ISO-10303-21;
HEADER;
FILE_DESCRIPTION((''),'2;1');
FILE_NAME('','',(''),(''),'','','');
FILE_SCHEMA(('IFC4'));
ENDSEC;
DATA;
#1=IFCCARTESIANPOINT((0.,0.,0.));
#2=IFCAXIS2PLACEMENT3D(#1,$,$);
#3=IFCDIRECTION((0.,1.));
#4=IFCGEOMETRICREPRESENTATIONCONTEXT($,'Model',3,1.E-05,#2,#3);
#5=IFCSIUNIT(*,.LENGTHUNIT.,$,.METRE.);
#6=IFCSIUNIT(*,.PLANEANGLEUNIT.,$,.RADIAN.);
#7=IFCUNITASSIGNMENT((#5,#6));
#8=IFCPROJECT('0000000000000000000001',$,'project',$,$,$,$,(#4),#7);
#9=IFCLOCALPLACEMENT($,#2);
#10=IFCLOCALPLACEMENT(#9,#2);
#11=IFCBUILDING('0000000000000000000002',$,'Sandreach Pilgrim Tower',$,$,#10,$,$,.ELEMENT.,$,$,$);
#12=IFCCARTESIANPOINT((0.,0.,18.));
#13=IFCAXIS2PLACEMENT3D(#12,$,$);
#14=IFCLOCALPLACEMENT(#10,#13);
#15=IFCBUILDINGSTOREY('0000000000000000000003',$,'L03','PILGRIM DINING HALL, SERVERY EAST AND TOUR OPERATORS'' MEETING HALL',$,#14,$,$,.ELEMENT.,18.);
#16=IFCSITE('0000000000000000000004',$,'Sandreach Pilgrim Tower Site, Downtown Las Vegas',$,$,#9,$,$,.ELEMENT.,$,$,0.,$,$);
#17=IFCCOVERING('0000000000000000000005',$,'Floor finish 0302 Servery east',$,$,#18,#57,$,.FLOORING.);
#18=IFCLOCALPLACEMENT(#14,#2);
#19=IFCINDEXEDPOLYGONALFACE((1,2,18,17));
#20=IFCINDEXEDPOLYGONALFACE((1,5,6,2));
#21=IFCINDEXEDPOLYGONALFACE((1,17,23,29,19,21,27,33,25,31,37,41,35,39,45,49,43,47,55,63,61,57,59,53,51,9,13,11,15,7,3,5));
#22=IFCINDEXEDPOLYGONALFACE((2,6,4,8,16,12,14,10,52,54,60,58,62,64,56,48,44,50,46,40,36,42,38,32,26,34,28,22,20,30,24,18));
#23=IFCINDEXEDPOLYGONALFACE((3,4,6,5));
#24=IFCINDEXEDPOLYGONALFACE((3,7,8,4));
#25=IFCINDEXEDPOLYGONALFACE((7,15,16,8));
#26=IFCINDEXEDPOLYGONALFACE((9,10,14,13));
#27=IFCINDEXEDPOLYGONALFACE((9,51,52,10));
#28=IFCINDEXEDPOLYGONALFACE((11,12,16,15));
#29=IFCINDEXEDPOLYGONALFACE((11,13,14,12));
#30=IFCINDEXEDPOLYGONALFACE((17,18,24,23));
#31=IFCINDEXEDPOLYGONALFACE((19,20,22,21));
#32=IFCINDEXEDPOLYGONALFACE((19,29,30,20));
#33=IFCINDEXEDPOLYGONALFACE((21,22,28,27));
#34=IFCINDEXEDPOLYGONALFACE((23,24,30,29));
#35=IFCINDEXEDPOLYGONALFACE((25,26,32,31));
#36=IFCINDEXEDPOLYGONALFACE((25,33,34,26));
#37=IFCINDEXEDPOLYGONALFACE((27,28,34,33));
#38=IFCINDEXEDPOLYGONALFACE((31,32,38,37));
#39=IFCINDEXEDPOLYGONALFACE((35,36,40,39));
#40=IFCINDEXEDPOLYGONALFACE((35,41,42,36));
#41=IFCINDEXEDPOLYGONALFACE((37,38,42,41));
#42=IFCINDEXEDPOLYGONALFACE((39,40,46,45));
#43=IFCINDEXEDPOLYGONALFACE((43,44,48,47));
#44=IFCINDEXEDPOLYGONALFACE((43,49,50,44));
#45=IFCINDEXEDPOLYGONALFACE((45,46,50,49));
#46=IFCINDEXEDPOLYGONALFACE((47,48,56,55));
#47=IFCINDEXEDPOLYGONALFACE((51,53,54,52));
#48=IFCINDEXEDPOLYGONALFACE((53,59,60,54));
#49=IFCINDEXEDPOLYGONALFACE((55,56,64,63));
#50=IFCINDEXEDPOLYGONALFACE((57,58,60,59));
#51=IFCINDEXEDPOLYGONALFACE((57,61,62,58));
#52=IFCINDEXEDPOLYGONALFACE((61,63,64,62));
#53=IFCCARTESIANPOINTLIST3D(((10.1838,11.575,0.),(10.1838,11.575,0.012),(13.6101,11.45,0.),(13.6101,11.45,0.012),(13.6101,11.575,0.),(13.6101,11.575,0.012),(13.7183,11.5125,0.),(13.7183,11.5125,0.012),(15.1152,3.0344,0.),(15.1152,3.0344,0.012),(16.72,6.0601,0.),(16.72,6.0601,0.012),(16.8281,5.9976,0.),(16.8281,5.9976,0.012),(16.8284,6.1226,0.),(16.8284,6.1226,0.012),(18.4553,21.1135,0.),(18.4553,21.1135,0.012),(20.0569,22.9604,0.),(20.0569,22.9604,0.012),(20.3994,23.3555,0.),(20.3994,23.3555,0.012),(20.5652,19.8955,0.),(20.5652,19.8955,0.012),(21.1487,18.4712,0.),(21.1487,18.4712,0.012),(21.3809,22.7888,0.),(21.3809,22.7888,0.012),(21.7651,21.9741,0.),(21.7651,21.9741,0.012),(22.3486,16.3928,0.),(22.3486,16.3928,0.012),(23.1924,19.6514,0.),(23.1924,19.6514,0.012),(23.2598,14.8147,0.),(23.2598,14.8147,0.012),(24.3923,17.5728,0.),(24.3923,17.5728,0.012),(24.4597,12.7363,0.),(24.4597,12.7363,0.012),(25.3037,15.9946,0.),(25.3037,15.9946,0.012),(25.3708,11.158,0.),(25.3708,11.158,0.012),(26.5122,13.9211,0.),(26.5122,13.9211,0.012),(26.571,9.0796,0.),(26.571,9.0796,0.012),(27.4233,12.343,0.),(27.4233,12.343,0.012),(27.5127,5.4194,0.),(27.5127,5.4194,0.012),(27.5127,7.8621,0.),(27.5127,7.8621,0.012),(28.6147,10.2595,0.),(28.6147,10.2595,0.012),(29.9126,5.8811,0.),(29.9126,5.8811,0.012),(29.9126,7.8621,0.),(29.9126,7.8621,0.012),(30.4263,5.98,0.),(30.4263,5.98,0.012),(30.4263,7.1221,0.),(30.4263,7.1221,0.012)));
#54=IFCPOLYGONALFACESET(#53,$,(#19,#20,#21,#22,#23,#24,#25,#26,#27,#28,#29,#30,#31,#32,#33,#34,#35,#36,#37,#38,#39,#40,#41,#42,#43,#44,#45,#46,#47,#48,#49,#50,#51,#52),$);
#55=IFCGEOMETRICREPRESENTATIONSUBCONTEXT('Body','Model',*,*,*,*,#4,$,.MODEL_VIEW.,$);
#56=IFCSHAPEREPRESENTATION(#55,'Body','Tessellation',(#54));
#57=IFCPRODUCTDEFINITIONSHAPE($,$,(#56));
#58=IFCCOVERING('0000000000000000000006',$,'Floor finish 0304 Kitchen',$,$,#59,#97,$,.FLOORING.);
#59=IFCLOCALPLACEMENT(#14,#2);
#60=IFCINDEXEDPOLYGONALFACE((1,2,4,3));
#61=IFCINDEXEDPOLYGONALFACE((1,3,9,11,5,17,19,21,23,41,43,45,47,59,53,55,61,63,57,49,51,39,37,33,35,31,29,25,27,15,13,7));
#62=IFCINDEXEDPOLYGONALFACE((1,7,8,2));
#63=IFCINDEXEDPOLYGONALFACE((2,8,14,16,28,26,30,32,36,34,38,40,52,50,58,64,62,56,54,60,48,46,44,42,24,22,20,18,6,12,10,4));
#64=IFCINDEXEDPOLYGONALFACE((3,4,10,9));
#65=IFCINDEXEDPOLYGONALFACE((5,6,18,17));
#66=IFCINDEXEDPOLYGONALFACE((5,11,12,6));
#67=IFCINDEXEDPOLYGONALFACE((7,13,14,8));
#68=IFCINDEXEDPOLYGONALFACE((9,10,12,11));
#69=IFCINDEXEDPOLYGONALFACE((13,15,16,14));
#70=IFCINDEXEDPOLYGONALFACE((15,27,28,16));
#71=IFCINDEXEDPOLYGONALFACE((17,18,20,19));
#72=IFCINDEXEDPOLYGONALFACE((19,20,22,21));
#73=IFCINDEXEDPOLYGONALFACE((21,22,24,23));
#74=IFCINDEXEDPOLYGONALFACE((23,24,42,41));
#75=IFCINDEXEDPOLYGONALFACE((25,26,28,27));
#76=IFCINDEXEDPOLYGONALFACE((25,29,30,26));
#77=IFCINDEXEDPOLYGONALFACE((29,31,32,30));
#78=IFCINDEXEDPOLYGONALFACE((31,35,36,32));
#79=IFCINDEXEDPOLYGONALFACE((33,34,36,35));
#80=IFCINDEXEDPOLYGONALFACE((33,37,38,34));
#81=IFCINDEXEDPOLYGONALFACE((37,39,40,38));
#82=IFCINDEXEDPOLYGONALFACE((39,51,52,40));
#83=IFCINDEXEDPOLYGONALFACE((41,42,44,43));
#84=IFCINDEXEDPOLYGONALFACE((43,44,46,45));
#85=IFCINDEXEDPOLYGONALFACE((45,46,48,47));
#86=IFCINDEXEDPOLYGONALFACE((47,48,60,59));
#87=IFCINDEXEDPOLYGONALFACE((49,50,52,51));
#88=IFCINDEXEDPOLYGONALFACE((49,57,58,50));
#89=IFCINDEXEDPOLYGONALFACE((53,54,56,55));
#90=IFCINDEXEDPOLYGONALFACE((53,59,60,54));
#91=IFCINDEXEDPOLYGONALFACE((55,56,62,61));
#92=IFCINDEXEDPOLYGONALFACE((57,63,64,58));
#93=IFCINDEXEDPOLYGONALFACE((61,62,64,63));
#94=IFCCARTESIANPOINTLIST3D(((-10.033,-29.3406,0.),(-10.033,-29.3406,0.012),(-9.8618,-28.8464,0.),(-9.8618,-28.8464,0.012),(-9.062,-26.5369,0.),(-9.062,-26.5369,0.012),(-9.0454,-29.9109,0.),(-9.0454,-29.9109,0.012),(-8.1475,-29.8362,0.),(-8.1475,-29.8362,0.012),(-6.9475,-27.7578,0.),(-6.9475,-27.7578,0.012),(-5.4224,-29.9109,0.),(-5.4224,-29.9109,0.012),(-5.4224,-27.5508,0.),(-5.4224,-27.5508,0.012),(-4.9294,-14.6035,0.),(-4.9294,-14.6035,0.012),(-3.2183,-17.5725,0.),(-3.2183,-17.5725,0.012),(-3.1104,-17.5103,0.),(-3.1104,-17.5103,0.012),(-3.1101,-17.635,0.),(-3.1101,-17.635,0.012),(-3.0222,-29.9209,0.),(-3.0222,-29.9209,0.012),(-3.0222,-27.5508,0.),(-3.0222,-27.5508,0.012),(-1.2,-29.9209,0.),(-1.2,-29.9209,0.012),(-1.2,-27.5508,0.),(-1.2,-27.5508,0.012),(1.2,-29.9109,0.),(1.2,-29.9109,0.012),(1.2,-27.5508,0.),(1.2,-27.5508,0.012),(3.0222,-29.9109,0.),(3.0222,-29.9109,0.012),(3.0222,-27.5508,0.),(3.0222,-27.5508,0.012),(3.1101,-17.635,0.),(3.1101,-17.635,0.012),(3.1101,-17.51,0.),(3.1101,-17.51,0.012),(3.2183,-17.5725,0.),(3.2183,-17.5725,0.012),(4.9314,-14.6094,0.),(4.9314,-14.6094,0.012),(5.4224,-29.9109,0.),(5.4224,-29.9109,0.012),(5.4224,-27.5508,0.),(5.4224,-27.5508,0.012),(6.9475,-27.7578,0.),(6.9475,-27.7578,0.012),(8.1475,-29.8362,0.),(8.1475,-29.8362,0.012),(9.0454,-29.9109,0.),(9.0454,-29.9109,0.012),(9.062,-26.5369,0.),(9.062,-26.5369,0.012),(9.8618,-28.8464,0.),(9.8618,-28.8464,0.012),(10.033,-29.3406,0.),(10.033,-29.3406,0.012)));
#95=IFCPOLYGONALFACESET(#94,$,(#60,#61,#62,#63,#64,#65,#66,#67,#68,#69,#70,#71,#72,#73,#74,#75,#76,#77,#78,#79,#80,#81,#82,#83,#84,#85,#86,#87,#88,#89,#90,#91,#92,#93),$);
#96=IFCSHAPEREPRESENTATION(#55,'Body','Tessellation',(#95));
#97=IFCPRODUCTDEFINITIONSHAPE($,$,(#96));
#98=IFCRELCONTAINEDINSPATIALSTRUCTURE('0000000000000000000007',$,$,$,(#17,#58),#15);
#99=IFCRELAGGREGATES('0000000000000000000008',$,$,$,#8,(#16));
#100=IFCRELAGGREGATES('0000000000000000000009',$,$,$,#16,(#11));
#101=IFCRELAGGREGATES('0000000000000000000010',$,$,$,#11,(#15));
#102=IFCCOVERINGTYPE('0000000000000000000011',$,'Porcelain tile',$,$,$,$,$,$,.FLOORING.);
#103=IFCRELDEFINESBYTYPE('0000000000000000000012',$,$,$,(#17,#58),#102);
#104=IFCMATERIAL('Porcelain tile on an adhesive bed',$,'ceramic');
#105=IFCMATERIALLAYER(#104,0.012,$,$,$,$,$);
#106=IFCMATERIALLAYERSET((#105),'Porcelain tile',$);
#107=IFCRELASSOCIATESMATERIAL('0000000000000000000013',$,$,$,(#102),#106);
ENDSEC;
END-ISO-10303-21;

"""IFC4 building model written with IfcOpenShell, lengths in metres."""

from ifc_helpers import new_model, si_unit, direction, frame, origin, place, context, subcontext, project, spatial, polyline, outline, extrude, material, layer, layer_set, type_object, element, save


model = new_model("IFC4")

# Units and contexts
model_context = context("Model", 3, precision=1e-05, world=origin(), true_north=direction((0.0, 1.0)))
body_context = subcontext(model_context, "Body", "Model", "MODEL_VIEW")
ifc_project = project(units=[si_unit("LENGTHUNIT", "METRE"), si_unit("PLANEANGLEUNIT", "RADIAN")], contexts=[model_context])

# Site, building, storey
site_placement = place(None, origin())
site = spatial("IfcSite", under=ifc_project, at=site_placement, Name="Sandreach Pilgrim Tower Site, Downtown Las Vegas", CompositionType="ELEMENT", RefElevation=0.0)
building_placement = place(site_placement, origin())
building = spatial("IfcBuilding", under=site, at=building_placement, Name="Sandreach Pilgrim Tower", CompositionType="ELEMENT")
storey_placement = place(building_placement, frame((0.0, 0.0, 18.0)))
storey = spatial("IfcBuildingStorey", under=building, at=storey_placement, Name="L03", Description="PILGRIM DINING HALL, SERVERY EAST AND TOUR OPERATORS' MEETING HALL", CompositionType="ELEMENT", Elevation=18.0)

# Coverings
ifc_material_1 = material(Name="Porcelain tile on an adhesive bed", Category="ceramic")
ifc_layer_1 = layer(ifc_material_1, 0.012)
ifc_layer_set_1 = layer_set([ifc_layer_1], Name="Porcelain tile")
covering_type_1 = type_object("IfcCoveringType", Name="Porcelain tile", PredefinedType="FLOORING", material=ifc_layer_set_1)
covering_1_placement = place(storey_placement, origin())
element("IfcCovering", 1, at=covering_1_placement, inside=storey, type_object=covering_type_1, Name="Floor finish 0302 Servery east", PredefinedType="FLOORING", context=body_context, shape_type="SweptSolid", body=[
    extrude(outline(polyline([(13.6101, 11.575), (10.1838, 11.575), (18.4553, 21.1135), (20.5652, 19.8955), (21.7651, 21.9741), (20.0569, 22.9604), (20.3994, 23.3555), (21.3809, 22.7888), (23.1924, 19.6514), (21.1487, 18.4712), (22.3486, 16.3928), (24.3923, 17.5728), (25.3037, 15.9946), (23.2598, 14.8147), (24.4597, 12.7363), (26.5122, 13.9211), (27.4233, 12.343), (25.3708, 11.158), (26.571, 9.0796), (28.6147, 10.2595), (30.4263, 7.1221), (30.4263, 5.98), (29.9126, 5.8811), (29.9126, 7.8621), (27.5127, 7.8621), (27.5127, 5.4194), (15.1152, 3.0344), (16.8281, 5.9976), (16.72, 6.0601), (16.8284, 6.1226), (13.7183, 11.5125), (13.6101, 11.45), (13.6101, 11.575)])), origin(), (0.0, 0.0, 1.0), 0.012),
])
covering_2_placement = place(storey_placement, origin())
element("IfcCovering", 2, at=covering_2_placement, inside=storey, type_object=covering_type_1, Name="Floor finish 0304 Kitchen", PredefinedType="FLOORING", context=body_context, shape_type="SweptSolid", body=[
    extrude(outline(polyline([(-9.0454, -29.9109), (-10.033, -29.3406), (-9.8618, -28.8464), (-8.1475, -29.8362), (-6.9475, -27.7578), (-9.062, -26.5369), (-4.9294, -14.6035), (-3.2183, -17.5725), (-3.1104, -17.5103), (-3.1101, -17.635), (3.1101, -17.635), (3.1101, -17.51), (3.2183, -17.5725), (4.9314, -14.6094), (9.062, -26.5369), (6.9475, -27.7578), (8.1475, -29.8362), (9.8618, -28.8464), (10.033, -29.3406), (9.0454, -29.9109), (5.4224, -29.9109), (5.4224, -27.5508), (3.0222, -27.5508), (3.0222, -29.9109), (1.2, -29.9109), (1.2, -27.5508), (-1.2, -27.5508), (-1.2, -29.9209), (-3.0222, -29.9209), (-3.0222, -27.5508), (-5.4224, -27.5508), (-5.4224, -29.9109), (-9.0454, -29.9109)])), origin(), (0.0, 0.0, 1.0), 0.012),
])

save(model, "model.ifc")
